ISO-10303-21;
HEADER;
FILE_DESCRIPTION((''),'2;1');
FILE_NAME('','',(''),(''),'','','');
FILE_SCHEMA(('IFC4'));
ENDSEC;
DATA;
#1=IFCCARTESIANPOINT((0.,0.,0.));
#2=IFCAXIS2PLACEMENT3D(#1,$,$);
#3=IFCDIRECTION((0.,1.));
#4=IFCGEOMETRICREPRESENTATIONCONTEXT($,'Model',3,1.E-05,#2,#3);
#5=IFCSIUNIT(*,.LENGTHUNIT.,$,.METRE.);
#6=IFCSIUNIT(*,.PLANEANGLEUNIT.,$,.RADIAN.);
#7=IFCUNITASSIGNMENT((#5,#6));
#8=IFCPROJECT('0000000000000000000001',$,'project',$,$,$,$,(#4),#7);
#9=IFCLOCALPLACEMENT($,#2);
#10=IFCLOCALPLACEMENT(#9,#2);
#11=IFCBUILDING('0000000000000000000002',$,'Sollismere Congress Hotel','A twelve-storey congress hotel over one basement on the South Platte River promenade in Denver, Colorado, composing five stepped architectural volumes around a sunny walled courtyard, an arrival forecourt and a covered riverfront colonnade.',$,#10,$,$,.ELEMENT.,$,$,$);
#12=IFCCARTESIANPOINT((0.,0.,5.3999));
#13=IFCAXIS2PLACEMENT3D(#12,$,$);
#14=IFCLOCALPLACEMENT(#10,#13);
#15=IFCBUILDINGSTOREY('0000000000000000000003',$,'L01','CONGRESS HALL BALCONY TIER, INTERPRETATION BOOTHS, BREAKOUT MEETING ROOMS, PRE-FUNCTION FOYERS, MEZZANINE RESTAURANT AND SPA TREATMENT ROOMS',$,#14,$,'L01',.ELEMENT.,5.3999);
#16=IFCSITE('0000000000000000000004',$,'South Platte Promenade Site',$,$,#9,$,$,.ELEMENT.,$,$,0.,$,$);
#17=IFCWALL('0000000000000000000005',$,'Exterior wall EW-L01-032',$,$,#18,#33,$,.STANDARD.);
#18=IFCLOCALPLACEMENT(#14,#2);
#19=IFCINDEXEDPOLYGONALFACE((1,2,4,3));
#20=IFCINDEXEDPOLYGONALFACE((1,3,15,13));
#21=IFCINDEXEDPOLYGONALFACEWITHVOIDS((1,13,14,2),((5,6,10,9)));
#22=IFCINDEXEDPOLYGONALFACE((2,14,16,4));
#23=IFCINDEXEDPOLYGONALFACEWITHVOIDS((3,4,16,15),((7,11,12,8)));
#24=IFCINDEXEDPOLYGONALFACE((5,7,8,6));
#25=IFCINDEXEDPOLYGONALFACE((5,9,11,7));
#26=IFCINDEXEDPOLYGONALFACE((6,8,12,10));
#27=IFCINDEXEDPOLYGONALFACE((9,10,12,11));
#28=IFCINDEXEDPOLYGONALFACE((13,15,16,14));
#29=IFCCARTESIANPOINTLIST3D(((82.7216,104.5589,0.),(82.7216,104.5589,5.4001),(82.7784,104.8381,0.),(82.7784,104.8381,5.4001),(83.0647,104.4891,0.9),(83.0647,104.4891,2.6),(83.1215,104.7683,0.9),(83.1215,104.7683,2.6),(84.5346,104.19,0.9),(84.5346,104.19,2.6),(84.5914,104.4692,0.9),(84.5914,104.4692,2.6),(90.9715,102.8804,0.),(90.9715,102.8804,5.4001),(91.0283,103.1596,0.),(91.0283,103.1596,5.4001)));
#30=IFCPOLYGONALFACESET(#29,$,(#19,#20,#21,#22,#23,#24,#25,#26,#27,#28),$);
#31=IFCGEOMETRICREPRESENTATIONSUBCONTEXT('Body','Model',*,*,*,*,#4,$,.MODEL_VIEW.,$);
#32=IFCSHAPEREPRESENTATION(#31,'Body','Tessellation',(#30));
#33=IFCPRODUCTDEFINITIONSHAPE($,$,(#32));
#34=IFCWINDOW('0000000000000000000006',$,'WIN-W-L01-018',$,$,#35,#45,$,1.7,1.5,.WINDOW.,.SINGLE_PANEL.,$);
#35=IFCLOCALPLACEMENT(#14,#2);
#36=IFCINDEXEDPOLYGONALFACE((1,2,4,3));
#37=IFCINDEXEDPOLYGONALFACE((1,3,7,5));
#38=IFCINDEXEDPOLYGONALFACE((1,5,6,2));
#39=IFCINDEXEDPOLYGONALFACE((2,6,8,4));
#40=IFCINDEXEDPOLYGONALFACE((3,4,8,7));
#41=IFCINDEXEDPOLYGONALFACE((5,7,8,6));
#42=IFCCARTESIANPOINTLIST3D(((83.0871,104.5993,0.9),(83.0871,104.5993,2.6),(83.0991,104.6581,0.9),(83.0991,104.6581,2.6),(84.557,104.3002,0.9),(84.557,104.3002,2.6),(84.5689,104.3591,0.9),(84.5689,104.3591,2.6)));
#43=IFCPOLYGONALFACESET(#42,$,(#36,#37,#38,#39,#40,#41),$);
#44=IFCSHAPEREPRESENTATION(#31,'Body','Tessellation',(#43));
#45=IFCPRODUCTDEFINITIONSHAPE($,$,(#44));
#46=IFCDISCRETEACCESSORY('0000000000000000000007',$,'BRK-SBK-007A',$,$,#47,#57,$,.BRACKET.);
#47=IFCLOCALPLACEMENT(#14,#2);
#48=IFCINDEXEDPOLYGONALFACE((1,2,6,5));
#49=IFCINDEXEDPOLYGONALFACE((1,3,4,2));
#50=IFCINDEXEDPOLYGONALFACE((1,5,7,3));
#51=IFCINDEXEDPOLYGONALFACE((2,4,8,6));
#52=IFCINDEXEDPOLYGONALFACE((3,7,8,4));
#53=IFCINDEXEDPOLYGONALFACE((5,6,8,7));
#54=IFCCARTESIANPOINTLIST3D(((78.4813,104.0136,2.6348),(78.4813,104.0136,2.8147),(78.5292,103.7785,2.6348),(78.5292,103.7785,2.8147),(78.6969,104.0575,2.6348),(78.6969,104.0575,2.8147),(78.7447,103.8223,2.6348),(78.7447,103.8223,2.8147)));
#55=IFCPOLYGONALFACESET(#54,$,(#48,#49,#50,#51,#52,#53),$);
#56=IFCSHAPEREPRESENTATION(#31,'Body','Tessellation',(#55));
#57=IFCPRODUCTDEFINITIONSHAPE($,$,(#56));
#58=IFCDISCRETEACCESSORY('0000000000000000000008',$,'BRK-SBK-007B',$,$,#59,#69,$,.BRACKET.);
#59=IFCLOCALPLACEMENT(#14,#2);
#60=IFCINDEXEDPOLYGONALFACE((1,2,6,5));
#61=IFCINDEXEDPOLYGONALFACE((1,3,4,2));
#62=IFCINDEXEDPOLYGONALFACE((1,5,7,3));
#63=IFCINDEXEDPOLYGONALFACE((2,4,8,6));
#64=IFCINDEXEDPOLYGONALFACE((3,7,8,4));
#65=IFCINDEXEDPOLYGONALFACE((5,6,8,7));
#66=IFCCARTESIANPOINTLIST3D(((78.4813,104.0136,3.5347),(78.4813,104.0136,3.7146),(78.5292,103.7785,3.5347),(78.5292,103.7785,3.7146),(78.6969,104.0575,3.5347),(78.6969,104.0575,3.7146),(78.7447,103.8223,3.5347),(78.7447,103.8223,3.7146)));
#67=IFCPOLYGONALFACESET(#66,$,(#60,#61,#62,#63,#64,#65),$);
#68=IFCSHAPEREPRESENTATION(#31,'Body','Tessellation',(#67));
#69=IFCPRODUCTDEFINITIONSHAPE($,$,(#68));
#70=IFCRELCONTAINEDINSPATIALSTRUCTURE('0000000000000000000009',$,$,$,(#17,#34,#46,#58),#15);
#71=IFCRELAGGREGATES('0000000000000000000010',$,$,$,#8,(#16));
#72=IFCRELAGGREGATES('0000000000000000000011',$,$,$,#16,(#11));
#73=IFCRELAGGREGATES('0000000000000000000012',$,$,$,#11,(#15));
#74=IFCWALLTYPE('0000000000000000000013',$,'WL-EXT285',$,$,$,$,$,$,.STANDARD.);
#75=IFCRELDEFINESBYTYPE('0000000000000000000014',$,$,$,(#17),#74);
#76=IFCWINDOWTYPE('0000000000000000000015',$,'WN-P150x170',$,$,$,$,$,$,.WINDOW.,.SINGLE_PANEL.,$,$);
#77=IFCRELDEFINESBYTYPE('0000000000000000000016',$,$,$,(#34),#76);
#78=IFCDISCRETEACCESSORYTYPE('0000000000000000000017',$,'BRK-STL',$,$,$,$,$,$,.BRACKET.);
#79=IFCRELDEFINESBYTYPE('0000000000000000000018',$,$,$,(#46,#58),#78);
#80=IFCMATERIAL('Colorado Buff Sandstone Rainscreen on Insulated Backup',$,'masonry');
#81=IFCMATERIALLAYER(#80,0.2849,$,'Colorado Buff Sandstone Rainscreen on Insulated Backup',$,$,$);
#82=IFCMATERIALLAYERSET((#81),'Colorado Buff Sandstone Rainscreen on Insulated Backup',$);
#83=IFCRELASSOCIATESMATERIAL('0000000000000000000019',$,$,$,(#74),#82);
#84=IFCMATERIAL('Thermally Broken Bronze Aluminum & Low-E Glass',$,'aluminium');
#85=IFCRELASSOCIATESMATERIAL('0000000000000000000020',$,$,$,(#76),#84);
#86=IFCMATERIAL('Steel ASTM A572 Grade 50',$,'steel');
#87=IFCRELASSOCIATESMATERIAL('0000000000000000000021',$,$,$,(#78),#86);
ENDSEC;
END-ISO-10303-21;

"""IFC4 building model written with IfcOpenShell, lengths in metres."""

from ifc_helpers import new_model, si_unit, direction, frame, frame_2d, origin, origin_2d, place, context, subcontext, project, spatial, rectangle, extrude, material, layer, layer_set, type_object, element, fill, save


model = new_model("IFC4")

# Units and contexts
model_context = context("Model", 3, precision=1e-05, world=origin(), true_north=direction((0.0, 1.0)))
body_context = subcontext(model_context, "Body", "Model", "MODEL_VIEW")
ifc_project = project(units=[si_unit("LENGTHUNIT", "METRE"), si_unit("PLANEANGLEUNIT", "RADIAN")], contexts=[model_context])

# Site, building, storey
site_placement = place(None, origin())
site = spatial("IfcSite", under=ifc_project, at=site_placement, Name="South Platte Promenade Site", CompositionType="ELEMENT", RefElevation=0.0)
building_placement = place(site_placement, origin())
building = spatial("IfcBuilding", under=site, at=building_placement, Name="Sollismere Congress Hotel", Description="A twelve-storey congress hotel over one basement on the South Platte River promenade in Denver, Colorado, composing five stepped architectural volumes around a sunny walled courtyard, an arrival forecourt and a covered riverfront colonnade.", CompositionType="ELEMENT")
storey_placement = place(building_placement, frame((0.0, 0.0, 5.3999)))
storey = spatial("IfcBuildingStorey", under=building, at=storey_placement, Name="L01", Description="CONGRESS HALL BALCONY TIER, INTERPRETATION BOOTHS, BREAKOUT MEETING ROOMS, PRE-FUNCTION FOYERS, MEZZANINE RESTAURANT AND SPA TREATMENT ROOMS", LongName="L01", CompositionType="ELEMENT", Elevation=5.3999)

# Wall, opening, window
ifc_material_1 = material(Name="Colorado Buff Sandstone Rainscreen on Insulated Backup", Category="masonry")
ifc_layer_1 = layer(ifc_material_1, 0.2849, Name="Colorado Buff Sandstone Rainscreen on Insulated Backup")
ifc_layer_set_1 = layer_set([ifc_layer_1], Name="Colorado Buff Sandstone Rainscreen on Insulated Backup")
wall_type = type_object("IfcWallType", Name="WL-EXT285", PredefinedType="STANDARD", material=ifc_layer_set_1)
wall_placement = place(storey_placement, frame((82.75, 104.6985, 0.0), z_axis=(0.0, 0.0, 1.0), x_axis=(0.979925, -0.199366, 0.0)))
wall = element("IfcWall", 1, at=wall_placement, inside=storey, type_object=wall_type, Name="Exterior wall EW-L01-032", PredefinedType="STANDARD", context=body_context, shape_type="SweptSolid", body=[
    extrude(rectangle(XDim=8.4189, YDim=0.2849, at=frame_2d((4.2095, 0.0))), origin(), (0.0, 0.0, 1.0), 5.4001),
])
opening_placement = place(wall_placement, frame((0.3501, 0.0, 0.8999)))
opening = element("IfcOpeningElement", 2, at=opening_placement, cuts=wall, PredefinedType="OPENING", context=body_context, shape_type="SweptSolid", body=[
    extrude(rectangle(XDim=1.5, YDim=1.7, at=frame_2d((0.75, 0.8501))), frame((0.0, 0.1523, 0.0), z_axis=(0.0, -1.0, 0.0), x_axis=(1.0, 0.0, 0.0)), (0.0, 0.0, 1.0), 0.3049),
])
ifc_material_2 = material(Name="Thermally Broken Bronze Aluminum & Low-E Glass", Category="aluminium")
window_type = type_object("IfcWindowType", Name="WN-P150x170", PartitioningType="SINGLE_PANEL", PredefinedType="WINDOW", material=ifc_material_2)
window_placement = place(opening_placement, origin())
window = element("IfcWindow", 3, at=window_placement, inside=storey, type_object=window_type, Name="WIN-W-L01-018", OverallHeight=1.7, OverallWidth=1.5, PartitioningType="SINGLE_PANEL", PredefinedType="WINDOW", context=body_context, shape_type="SweptSolid", body=[
    extrude(rectangle(XDim=1.5, YDim=1.7, at=frame_2d((0.75, 0.8501))), frame((0.0, 0.03, 0.0), z_axis=(0.0, -1.0, 0.0), x_axis=(1.0, 0.0, 0.0)), (0.0, 0.0, 1.0), 0.0601),
])
fill(opening, window)

# Discrete accessories
ifc_material_3 = material(Name="Steel ASTM A572 Grade 50", Category="steel")
discrete_accessory_type = type_object("IfcDiscreteAccessoryType", Name="BRK-STL", PredefinedType="BRACKET", material=ifc_material_3)
for number, where, z_axis, x_axis, name in (
    (4, (78.613, 103.918, 2.6348), (0.0, 0.0, 1.0), (0.979925, 0.199368, 0.0), "BRK-SBK-007A"),
    (5, (78.613, 103.918, 3.5347), (0.0, 0.0, 1.0), (0.979925, 0.199368, 0.0), "BRK-SBK-007B"),
):
    element("IfcDiscreteAccessory", number, at=place(storey_placement, frame(where, z_axis=z_axis, x_axis=x_axis)), inside=storey, type_object=discrete_accessory_type, Name=name, PredefinedType="BRACKET", context=body_context, shape_type="SweptSolid", body=[
        extrude(rectangle(XDim=0.22, YDim=0.24, at=origin_2d()), origin(), (0.0, 0.0, 1.0), 0.1799),
    ])

save(model, "model.ifc")
